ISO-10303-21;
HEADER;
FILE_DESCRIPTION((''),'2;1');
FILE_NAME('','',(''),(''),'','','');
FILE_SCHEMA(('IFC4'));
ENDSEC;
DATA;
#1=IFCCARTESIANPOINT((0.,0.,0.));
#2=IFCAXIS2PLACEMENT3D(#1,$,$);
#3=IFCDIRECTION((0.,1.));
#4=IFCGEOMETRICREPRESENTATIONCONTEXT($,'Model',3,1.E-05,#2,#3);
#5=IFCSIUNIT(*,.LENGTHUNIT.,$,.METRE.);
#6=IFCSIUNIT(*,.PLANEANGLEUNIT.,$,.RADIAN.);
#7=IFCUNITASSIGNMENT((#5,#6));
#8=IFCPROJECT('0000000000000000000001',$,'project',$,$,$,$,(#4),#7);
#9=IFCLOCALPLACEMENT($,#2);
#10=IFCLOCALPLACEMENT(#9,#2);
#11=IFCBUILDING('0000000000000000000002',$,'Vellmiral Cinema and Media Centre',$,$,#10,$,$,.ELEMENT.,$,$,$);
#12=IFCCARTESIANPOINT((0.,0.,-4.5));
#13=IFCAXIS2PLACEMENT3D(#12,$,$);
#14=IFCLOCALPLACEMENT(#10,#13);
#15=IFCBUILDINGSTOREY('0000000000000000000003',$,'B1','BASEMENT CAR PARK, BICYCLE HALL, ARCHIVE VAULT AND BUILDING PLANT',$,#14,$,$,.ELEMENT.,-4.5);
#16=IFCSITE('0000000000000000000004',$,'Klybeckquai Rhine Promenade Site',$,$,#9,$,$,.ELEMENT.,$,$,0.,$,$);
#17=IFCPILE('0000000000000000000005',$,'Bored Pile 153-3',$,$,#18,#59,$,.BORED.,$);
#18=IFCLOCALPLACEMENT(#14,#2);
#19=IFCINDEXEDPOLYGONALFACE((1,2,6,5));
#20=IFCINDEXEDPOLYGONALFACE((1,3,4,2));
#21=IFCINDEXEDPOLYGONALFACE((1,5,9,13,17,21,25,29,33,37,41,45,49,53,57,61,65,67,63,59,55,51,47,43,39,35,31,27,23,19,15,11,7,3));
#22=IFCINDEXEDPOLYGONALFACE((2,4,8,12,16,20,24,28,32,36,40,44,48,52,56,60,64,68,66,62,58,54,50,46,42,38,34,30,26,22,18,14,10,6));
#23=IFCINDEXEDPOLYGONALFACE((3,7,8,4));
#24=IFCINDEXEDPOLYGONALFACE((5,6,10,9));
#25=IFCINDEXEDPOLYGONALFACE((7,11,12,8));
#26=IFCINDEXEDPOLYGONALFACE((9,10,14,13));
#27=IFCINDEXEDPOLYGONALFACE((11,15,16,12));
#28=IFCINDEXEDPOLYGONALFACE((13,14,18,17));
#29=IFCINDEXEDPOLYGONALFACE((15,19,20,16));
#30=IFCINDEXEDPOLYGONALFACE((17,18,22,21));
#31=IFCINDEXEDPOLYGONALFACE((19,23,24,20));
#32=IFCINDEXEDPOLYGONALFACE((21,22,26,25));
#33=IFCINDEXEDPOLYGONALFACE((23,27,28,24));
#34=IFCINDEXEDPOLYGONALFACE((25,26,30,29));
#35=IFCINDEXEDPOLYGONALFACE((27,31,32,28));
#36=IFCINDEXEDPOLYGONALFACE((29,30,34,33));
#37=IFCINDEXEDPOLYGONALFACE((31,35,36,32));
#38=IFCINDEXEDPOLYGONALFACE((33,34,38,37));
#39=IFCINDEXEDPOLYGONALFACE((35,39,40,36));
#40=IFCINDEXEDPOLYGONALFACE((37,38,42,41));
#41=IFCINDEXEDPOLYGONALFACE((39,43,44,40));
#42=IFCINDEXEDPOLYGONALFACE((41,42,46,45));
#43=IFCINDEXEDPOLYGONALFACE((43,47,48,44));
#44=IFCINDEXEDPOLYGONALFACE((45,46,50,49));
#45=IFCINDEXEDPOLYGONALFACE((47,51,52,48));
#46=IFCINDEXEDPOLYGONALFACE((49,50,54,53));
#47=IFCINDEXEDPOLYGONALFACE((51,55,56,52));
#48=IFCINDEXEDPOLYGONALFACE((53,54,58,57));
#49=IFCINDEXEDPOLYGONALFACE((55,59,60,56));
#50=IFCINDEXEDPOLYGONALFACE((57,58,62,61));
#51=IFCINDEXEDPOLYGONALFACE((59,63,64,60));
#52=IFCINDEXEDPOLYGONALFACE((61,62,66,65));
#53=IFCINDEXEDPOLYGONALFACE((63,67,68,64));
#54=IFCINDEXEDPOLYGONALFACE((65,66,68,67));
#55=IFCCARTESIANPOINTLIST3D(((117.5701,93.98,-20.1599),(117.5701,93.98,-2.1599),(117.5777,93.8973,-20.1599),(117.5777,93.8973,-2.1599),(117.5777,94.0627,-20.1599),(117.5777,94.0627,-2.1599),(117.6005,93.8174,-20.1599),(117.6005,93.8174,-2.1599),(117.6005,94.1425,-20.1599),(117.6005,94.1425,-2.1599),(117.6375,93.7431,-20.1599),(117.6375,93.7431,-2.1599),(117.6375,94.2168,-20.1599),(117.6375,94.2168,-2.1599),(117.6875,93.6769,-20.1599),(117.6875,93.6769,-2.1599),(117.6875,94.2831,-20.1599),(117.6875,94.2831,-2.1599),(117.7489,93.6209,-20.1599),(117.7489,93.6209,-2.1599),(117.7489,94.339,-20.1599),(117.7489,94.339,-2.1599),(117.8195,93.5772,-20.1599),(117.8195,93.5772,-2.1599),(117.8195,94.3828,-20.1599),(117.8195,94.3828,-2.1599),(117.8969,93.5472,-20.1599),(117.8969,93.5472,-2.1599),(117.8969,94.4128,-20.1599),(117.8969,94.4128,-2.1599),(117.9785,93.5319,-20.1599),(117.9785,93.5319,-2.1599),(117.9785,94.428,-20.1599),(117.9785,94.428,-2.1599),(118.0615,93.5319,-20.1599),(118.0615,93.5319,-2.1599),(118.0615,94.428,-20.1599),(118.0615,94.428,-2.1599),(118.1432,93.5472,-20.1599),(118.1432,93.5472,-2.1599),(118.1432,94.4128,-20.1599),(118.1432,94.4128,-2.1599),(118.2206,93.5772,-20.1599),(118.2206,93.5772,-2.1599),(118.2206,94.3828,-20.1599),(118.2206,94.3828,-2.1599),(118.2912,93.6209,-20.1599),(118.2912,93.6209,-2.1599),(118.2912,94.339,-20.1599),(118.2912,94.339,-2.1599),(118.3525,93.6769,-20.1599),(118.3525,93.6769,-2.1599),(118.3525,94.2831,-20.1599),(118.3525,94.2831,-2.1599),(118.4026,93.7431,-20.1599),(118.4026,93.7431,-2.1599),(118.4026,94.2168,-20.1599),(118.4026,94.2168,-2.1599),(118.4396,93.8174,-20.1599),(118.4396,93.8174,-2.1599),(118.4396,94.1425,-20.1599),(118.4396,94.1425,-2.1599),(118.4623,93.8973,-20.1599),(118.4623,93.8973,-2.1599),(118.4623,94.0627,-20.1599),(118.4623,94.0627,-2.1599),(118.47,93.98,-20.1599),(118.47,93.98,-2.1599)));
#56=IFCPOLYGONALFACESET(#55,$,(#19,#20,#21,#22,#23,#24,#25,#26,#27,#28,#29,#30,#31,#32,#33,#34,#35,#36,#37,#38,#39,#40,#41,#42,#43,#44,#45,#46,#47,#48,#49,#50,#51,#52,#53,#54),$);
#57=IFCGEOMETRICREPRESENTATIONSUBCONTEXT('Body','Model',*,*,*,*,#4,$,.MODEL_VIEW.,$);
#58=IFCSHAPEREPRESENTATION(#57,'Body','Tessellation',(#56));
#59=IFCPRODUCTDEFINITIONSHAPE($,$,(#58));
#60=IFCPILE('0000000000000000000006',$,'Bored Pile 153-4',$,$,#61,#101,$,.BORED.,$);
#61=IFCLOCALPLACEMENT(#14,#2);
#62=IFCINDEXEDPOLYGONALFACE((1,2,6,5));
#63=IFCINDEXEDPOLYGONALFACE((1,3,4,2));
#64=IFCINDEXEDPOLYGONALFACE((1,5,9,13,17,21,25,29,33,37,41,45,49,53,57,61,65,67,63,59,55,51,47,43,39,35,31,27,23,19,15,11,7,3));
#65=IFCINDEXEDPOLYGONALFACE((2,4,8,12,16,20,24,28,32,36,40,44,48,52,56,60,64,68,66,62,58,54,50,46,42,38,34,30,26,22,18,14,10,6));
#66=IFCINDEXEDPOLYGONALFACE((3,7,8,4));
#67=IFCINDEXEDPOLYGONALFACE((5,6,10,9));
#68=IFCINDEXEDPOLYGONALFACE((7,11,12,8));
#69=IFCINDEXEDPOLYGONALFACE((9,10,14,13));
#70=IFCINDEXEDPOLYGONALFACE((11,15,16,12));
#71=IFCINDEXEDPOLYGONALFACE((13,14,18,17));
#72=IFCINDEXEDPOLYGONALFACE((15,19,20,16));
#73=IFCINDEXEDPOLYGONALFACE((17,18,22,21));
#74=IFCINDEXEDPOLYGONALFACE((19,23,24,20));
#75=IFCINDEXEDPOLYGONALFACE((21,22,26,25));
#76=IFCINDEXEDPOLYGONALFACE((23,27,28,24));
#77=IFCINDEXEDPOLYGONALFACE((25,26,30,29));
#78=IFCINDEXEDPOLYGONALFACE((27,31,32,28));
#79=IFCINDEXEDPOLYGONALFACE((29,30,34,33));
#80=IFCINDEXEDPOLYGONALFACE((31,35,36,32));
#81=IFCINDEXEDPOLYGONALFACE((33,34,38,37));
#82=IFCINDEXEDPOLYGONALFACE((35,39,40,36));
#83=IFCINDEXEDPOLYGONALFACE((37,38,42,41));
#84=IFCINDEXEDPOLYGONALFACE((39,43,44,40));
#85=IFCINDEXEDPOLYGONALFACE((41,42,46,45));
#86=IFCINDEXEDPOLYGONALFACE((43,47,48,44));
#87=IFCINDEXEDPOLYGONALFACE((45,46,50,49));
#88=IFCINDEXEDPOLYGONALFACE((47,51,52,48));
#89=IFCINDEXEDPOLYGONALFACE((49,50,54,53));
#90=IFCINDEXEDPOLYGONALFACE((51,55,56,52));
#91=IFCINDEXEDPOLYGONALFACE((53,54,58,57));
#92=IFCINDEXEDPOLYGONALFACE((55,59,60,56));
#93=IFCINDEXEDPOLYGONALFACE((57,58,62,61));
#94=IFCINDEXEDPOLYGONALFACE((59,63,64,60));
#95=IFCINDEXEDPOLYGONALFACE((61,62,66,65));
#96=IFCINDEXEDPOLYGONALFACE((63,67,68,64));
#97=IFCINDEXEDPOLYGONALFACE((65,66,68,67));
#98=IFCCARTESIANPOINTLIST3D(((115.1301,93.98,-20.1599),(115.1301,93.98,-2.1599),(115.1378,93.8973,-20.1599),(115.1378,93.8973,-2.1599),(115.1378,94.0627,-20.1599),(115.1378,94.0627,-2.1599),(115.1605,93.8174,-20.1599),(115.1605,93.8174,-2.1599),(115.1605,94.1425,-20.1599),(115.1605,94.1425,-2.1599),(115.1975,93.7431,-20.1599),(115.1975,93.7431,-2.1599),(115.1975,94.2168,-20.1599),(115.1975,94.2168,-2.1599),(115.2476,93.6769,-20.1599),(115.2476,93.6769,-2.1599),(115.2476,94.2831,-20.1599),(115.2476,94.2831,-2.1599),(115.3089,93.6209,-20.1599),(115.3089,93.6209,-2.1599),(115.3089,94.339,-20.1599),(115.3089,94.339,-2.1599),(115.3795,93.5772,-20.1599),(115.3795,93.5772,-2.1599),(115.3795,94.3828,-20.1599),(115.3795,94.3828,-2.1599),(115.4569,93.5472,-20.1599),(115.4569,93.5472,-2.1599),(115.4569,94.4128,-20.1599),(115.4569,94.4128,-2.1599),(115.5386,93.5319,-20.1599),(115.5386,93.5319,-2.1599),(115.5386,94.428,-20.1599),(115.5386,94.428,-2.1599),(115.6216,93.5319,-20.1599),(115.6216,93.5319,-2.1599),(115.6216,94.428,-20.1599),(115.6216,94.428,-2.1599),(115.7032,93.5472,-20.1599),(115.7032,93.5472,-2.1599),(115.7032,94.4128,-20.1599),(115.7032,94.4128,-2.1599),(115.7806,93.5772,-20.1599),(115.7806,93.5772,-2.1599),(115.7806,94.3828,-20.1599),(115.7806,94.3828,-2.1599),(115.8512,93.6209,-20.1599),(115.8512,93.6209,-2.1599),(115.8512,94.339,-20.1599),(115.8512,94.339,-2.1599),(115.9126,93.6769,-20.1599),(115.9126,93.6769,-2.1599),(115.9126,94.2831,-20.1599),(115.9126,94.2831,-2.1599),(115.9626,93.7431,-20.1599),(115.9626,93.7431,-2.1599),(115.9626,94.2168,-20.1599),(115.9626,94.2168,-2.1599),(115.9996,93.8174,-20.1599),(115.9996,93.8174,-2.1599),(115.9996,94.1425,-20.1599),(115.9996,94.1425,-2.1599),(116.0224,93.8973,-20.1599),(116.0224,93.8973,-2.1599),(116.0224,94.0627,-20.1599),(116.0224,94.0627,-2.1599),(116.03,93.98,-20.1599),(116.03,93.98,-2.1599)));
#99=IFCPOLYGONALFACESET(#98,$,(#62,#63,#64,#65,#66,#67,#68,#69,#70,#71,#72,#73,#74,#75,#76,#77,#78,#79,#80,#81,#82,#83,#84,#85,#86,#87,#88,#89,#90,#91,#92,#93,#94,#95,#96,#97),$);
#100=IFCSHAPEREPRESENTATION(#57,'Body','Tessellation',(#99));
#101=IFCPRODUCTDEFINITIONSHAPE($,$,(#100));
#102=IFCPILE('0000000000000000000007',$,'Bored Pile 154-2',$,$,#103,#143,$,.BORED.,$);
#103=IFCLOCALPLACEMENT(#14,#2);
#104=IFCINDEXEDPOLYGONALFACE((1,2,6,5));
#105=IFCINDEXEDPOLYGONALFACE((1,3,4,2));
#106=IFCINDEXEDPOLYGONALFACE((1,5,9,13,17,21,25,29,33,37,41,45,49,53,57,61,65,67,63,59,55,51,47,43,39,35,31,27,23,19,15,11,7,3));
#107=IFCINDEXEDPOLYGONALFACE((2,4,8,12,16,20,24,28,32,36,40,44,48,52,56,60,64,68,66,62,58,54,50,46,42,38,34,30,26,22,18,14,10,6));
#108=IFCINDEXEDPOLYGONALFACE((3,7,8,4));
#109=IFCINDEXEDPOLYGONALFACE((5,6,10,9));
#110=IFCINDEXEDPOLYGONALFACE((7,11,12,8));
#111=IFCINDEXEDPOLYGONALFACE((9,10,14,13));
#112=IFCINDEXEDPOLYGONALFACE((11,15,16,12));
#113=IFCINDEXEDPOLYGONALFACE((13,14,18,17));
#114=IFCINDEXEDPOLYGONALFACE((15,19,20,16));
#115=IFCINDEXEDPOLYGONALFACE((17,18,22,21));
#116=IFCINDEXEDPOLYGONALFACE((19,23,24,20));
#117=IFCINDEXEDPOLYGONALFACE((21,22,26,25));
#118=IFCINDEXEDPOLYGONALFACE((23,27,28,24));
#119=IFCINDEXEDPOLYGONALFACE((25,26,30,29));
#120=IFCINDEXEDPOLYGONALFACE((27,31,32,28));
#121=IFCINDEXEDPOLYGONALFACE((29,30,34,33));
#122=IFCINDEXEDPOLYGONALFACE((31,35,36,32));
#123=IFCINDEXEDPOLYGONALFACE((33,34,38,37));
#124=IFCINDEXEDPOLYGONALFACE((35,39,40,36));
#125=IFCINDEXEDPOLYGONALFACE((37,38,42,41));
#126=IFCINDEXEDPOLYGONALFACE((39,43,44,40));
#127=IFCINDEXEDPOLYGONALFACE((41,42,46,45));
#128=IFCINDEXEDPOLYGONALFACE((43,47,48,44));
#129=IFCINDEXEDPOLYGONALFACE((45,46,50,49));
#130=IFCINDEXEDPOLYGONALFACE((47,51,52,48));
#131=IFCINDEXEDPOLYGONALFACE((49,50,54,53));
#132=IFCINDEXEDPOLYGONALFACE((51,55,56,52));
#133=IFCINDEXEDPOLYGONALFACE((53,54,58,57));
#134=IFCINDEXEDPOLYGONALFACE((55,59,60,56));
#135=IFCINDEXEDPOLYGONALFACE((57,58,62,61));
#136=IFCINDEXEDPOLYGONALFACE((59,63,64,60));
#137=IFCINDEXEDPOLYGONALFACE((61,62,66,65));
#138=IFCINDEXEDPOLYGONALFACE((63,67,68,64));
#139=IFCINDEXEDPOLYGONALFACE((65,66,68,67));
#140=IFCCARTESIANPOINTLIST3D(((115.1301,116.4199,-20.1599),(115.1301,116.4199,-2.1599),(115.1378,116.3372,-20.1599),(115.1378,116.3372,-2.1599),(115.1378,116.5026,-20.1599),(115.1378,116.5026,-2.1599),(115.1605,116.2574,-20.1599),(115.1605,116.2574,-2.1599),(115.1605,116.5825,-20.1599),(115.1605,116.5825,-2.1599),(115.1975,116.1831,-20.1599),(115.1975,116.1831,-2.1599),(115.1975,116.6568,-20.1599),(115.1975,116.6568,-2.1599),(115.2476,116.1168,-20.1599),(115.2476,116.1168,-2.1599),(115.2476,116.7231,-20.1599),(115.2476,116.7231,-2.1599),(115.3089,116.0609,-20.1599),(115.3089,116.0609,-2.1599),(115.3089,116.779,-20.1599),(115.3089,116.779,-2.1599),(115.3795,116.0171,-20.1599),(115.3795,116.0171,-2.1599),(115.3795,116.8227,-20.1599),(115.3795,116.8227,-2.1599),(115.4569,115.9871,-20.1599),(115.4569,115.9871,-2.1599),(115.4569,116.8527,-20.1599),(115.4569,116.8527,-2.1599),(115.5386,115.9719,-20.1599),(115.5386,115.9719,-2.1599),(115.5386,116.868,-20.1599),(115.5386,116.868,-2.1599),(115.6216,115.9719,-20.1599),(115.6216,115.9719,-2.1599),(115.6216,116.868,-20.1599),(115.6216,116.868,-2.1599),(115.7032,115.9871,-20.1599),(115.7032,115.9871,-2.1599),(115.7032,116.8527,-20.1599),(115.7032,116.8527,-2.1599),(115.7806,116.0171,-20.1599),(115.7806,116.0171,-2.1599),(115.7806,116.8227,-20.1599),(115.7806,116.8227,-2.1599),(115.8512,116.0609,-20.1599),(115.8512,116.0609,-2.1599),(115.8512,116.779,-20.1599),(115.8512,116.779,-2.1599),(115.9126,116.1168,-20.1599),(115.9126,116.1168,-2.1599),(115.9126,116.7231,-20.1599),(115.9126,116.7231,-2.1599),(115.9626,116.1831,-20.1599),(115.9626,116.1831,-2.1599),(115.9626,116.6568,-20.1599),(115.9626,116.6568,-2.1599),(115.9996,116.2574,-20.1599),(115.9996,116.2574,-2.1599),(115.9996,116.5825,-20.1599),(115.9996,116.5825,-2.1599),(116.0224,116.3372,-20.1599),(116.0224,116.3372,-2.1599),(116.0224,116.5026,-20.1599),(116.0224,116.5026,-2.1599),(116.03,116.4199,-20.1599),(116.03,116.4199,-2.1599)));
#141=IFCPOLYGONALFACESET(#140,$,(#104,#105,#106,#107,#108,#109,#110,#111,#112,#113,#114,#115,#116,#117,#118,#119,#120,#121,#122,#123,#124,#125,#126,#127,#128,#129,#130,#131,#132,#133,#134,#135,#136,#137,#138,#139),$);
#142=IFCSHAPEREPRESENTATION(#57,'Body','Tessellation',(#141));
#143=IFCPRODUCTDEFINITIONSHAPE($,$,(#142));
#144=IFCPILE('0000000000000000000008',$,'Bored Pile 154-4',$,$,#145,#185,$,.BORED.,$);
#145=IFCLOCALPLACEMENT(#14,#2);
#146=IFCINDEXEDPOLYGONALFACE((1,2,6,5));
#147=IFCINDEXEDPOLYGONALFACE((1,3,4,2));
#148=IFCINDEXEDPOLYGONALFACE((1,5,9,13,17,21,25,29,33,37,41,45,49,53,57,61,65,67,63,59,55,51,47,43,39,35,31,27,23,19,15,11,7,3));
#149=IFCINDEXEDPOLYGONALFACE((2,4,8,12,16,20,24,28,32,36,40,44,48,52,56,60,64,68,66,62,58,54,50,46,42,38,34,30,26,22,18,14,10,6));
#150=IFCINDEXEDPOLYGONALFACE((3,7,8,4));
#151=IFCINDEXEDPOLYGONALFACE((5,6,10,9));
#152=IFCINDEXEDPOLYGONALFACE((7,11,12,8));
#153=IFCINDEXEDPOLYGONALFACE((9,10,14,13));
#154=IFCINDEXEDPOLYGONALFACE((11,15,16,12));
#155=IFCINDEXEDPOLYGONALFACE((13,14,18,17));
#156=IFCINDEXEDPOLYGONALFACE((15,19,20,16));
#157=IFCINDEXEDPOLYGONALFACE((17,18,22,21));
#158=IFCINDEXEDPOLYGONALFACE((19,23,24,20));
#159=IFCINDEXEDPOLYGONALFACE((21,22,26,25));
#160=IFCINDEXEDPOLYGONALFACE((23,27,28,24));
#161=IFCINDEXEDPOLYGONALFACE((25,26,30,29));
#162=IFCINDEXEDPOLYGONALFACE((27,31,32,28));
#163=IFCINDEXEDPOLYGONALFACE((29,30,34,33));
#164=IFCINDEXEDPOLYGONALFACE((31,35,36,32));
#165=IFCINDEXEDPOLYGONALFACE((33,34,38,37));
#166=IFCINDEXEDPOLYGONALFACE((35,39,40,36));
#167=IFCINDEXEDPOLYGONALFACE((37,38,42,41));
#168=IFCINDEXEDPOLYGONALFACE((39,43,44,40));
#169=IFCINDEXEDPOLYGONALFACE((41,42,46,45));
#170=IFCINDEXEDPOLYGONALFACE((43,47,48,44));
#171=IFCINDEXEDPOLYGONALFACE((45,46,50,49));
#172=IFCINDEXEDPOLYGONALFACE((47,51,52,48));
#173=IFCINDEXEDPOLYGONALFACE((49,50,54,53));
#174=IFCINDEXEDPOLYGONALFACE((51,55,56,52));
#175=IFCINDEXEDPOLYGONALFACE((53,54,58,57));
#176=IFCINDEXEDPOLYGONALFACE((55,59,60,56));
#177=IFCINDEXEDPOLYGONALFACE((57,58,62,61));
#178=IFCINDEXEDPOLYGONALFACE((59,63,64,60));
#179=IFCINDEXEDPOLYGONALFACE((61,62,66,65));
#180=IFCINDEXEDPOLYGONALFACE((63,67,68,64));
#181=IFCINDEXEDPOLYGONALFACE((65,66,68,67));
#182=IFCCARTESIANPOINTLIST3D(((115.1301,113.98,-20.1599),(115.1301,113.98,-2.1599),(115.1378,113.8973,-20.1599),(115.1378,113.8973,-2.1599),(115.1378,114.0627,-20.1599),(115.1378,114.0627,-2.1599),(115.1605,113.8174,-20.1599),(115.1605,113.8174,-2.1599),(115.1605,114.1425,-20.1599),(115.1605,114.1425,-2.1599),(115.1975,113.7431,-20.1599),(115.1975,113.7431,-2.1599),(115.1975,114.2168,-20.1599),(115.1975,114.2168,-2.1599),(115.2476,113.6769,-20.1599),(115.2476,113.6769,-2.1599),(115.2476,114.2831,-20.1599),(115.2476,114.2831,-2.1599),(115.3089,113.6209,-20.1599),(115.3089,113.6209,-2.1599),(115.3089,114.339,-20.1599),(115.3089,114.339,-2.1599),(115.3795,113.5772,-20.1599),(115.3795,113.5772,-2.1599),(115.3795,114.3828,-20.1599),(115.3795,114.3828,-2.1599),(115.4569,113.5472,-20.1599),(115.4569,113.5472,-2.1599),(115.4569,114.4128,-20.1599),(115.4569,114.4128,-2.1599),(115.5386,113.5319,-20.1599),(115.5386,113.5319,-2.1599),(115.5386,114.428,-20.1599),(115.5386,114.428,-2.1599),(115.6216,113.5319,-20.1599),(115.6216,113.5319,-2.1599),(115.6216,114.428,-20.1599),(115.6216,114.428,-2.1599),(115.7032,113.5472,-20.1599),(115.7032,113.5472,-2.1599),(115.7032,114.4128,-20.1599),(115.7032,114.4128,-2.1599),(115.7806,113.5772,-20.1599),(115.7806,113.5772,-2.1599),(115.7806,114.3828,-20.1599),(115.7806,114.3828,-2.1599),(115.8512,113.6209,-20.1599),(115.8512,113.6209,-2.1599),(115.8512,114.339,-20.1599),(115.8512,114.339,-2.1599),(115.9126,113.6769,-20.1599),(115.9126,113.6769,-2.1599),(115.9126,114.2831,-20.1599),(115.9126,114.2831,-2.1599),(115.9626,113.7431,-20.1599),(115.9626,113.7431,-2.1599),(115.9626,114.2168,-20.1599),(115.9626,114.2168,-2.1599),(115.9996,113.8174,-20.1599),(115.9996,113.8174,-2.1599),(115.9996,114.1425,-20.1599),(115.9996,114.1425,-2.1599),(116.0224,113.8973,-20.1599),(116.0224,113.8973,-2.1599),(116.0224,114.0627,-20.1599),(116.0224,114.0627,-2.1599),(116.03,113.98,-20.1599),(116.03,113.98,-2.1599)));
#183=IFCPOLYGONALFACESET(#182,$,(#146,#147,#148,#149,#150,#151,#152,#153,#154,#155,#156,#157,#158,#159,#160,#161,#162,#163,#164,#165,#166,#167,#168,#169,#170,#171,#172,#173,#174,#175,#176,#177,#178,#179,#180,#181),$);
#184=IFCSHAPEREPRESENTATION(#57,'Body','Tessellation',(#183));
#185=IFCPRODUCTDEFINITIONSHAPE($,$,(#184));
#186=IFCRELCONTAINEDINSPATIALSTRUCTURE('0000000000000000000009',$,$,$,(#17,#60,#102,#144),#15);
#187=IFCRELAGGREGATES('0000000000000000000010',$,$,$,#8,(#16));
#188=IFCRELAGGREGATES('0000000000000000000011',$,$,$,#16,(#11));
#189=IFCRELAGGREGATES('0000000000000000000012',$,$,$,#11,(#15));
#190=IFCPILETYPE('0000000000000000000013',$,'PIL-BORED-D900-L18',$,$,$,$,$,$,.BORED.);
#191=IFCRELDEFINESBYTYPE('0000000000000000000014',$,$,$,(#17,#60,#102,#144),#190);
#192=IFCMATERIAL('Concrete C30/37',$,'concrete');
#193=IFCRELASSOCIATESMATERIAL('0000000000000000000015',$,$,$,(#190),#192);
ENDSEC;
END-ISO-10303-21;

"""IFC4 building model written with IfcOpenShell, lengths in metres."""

from ifc_helpers import new_model, si_unit, direction, frame, origin, origin_2d, place, context, subcontext, project, spatial, circle, extrude, material, material_profile, profile_set, type_object, element, save


model = new_model("IFC4")

# Units and contexts
model_context = context("Model", 3, precision=1e-05, world=origin(), true_north=direction((0.0, 1.0)))
body_context = subcontext(model_context, "Body", "Model", "MODEL_VIEW")
ifc_project = project(units=[si_unit("LENGTHUNIT", "METRE"), si_unit("PLANEANGLEUNIT", "RADIAN")], contexts=[model_context])

# Site, building, storey
site_placement = place(None, origin())
site = spatial("IfcSite", under=ifc_project, at=site_placement, Name="Klybeckquai Rhine Promenade Site", CompositionType="ELEMENT", RefElevation=0.0)
building_placement = place(site_placement, origin())
building = spatial("IfcBuilding", under=site, at=building_placement, Name="Vellmiral Cinema and Media Centre", CompositionType="ELEMENT")
storey_placement = place(building_placement, frame((0.0, 0.0, -4.5)))
storey = spatial("IfcBuildingStorey", under=building, at=storey_placement, Name="B1", Description="BASEMENT CAR PARK, BICYCLE HALL, ARCHIVE VAULT AND BUILDING PLANT", CompositionType="ELEMENT", Elevation=-4.5)

# Piles
ifc_material_1 = material(Name="Concrete C30/37", Category="concrete")
ifc_material_profile_1 = material_profile(ifc_material_1, circle(Radius=0.45, at=origin_2d()), Name="PILE D900")
ifc_profile_set_1 = profile_set([ifc_material_profile_1], Name="Concrete C30/37")
pile_type_1 = type_object("IfcPileType", Name="PIL-BORED-D900-L18", PredefinedType="BORED", material=ifc_profile_set_1)
for number, where, z_axis, x_axis, name in (
    (1, (118.02, 93.98, -2.1599), (0.0, 0.0, -1.0), (1.0, 0.0, 0.0), "Bored Pile 153-3"),
    (2, (115.5801, 93.98, -2.1599), (0.0, 0.0, -1.0), (1.0, 0.0, 0.0), "Bored Pile 153-4"),
    (3, (115.5801, 116.4199, -2.1599), (0.0, 0.0, -1.0), (1.0, 0.0, 0.0), "Bored Pile 154-2"),
    (4, (115.5801, 113.98, -2.1599), (0.0, 0.0, -1.0), (1.0, 0.0, 0.0), "Bored Pile 154-4"),
):
    element("IfcPile", number, at=place(storey_placement, frame(where, z_axis=z_axis, x_axis=x_axis)), inside=storey, type_object=pile_type_1, Name=name, PredefinedType="BORED", context=body_context, shape_type="SweptSolid", body=[
        extrude(circle(Radius=0.45, at=origin_2d()), origin(), (0.0, 0.0, 1.0), 18.0),
    ])

save(model, "model.ifc")
